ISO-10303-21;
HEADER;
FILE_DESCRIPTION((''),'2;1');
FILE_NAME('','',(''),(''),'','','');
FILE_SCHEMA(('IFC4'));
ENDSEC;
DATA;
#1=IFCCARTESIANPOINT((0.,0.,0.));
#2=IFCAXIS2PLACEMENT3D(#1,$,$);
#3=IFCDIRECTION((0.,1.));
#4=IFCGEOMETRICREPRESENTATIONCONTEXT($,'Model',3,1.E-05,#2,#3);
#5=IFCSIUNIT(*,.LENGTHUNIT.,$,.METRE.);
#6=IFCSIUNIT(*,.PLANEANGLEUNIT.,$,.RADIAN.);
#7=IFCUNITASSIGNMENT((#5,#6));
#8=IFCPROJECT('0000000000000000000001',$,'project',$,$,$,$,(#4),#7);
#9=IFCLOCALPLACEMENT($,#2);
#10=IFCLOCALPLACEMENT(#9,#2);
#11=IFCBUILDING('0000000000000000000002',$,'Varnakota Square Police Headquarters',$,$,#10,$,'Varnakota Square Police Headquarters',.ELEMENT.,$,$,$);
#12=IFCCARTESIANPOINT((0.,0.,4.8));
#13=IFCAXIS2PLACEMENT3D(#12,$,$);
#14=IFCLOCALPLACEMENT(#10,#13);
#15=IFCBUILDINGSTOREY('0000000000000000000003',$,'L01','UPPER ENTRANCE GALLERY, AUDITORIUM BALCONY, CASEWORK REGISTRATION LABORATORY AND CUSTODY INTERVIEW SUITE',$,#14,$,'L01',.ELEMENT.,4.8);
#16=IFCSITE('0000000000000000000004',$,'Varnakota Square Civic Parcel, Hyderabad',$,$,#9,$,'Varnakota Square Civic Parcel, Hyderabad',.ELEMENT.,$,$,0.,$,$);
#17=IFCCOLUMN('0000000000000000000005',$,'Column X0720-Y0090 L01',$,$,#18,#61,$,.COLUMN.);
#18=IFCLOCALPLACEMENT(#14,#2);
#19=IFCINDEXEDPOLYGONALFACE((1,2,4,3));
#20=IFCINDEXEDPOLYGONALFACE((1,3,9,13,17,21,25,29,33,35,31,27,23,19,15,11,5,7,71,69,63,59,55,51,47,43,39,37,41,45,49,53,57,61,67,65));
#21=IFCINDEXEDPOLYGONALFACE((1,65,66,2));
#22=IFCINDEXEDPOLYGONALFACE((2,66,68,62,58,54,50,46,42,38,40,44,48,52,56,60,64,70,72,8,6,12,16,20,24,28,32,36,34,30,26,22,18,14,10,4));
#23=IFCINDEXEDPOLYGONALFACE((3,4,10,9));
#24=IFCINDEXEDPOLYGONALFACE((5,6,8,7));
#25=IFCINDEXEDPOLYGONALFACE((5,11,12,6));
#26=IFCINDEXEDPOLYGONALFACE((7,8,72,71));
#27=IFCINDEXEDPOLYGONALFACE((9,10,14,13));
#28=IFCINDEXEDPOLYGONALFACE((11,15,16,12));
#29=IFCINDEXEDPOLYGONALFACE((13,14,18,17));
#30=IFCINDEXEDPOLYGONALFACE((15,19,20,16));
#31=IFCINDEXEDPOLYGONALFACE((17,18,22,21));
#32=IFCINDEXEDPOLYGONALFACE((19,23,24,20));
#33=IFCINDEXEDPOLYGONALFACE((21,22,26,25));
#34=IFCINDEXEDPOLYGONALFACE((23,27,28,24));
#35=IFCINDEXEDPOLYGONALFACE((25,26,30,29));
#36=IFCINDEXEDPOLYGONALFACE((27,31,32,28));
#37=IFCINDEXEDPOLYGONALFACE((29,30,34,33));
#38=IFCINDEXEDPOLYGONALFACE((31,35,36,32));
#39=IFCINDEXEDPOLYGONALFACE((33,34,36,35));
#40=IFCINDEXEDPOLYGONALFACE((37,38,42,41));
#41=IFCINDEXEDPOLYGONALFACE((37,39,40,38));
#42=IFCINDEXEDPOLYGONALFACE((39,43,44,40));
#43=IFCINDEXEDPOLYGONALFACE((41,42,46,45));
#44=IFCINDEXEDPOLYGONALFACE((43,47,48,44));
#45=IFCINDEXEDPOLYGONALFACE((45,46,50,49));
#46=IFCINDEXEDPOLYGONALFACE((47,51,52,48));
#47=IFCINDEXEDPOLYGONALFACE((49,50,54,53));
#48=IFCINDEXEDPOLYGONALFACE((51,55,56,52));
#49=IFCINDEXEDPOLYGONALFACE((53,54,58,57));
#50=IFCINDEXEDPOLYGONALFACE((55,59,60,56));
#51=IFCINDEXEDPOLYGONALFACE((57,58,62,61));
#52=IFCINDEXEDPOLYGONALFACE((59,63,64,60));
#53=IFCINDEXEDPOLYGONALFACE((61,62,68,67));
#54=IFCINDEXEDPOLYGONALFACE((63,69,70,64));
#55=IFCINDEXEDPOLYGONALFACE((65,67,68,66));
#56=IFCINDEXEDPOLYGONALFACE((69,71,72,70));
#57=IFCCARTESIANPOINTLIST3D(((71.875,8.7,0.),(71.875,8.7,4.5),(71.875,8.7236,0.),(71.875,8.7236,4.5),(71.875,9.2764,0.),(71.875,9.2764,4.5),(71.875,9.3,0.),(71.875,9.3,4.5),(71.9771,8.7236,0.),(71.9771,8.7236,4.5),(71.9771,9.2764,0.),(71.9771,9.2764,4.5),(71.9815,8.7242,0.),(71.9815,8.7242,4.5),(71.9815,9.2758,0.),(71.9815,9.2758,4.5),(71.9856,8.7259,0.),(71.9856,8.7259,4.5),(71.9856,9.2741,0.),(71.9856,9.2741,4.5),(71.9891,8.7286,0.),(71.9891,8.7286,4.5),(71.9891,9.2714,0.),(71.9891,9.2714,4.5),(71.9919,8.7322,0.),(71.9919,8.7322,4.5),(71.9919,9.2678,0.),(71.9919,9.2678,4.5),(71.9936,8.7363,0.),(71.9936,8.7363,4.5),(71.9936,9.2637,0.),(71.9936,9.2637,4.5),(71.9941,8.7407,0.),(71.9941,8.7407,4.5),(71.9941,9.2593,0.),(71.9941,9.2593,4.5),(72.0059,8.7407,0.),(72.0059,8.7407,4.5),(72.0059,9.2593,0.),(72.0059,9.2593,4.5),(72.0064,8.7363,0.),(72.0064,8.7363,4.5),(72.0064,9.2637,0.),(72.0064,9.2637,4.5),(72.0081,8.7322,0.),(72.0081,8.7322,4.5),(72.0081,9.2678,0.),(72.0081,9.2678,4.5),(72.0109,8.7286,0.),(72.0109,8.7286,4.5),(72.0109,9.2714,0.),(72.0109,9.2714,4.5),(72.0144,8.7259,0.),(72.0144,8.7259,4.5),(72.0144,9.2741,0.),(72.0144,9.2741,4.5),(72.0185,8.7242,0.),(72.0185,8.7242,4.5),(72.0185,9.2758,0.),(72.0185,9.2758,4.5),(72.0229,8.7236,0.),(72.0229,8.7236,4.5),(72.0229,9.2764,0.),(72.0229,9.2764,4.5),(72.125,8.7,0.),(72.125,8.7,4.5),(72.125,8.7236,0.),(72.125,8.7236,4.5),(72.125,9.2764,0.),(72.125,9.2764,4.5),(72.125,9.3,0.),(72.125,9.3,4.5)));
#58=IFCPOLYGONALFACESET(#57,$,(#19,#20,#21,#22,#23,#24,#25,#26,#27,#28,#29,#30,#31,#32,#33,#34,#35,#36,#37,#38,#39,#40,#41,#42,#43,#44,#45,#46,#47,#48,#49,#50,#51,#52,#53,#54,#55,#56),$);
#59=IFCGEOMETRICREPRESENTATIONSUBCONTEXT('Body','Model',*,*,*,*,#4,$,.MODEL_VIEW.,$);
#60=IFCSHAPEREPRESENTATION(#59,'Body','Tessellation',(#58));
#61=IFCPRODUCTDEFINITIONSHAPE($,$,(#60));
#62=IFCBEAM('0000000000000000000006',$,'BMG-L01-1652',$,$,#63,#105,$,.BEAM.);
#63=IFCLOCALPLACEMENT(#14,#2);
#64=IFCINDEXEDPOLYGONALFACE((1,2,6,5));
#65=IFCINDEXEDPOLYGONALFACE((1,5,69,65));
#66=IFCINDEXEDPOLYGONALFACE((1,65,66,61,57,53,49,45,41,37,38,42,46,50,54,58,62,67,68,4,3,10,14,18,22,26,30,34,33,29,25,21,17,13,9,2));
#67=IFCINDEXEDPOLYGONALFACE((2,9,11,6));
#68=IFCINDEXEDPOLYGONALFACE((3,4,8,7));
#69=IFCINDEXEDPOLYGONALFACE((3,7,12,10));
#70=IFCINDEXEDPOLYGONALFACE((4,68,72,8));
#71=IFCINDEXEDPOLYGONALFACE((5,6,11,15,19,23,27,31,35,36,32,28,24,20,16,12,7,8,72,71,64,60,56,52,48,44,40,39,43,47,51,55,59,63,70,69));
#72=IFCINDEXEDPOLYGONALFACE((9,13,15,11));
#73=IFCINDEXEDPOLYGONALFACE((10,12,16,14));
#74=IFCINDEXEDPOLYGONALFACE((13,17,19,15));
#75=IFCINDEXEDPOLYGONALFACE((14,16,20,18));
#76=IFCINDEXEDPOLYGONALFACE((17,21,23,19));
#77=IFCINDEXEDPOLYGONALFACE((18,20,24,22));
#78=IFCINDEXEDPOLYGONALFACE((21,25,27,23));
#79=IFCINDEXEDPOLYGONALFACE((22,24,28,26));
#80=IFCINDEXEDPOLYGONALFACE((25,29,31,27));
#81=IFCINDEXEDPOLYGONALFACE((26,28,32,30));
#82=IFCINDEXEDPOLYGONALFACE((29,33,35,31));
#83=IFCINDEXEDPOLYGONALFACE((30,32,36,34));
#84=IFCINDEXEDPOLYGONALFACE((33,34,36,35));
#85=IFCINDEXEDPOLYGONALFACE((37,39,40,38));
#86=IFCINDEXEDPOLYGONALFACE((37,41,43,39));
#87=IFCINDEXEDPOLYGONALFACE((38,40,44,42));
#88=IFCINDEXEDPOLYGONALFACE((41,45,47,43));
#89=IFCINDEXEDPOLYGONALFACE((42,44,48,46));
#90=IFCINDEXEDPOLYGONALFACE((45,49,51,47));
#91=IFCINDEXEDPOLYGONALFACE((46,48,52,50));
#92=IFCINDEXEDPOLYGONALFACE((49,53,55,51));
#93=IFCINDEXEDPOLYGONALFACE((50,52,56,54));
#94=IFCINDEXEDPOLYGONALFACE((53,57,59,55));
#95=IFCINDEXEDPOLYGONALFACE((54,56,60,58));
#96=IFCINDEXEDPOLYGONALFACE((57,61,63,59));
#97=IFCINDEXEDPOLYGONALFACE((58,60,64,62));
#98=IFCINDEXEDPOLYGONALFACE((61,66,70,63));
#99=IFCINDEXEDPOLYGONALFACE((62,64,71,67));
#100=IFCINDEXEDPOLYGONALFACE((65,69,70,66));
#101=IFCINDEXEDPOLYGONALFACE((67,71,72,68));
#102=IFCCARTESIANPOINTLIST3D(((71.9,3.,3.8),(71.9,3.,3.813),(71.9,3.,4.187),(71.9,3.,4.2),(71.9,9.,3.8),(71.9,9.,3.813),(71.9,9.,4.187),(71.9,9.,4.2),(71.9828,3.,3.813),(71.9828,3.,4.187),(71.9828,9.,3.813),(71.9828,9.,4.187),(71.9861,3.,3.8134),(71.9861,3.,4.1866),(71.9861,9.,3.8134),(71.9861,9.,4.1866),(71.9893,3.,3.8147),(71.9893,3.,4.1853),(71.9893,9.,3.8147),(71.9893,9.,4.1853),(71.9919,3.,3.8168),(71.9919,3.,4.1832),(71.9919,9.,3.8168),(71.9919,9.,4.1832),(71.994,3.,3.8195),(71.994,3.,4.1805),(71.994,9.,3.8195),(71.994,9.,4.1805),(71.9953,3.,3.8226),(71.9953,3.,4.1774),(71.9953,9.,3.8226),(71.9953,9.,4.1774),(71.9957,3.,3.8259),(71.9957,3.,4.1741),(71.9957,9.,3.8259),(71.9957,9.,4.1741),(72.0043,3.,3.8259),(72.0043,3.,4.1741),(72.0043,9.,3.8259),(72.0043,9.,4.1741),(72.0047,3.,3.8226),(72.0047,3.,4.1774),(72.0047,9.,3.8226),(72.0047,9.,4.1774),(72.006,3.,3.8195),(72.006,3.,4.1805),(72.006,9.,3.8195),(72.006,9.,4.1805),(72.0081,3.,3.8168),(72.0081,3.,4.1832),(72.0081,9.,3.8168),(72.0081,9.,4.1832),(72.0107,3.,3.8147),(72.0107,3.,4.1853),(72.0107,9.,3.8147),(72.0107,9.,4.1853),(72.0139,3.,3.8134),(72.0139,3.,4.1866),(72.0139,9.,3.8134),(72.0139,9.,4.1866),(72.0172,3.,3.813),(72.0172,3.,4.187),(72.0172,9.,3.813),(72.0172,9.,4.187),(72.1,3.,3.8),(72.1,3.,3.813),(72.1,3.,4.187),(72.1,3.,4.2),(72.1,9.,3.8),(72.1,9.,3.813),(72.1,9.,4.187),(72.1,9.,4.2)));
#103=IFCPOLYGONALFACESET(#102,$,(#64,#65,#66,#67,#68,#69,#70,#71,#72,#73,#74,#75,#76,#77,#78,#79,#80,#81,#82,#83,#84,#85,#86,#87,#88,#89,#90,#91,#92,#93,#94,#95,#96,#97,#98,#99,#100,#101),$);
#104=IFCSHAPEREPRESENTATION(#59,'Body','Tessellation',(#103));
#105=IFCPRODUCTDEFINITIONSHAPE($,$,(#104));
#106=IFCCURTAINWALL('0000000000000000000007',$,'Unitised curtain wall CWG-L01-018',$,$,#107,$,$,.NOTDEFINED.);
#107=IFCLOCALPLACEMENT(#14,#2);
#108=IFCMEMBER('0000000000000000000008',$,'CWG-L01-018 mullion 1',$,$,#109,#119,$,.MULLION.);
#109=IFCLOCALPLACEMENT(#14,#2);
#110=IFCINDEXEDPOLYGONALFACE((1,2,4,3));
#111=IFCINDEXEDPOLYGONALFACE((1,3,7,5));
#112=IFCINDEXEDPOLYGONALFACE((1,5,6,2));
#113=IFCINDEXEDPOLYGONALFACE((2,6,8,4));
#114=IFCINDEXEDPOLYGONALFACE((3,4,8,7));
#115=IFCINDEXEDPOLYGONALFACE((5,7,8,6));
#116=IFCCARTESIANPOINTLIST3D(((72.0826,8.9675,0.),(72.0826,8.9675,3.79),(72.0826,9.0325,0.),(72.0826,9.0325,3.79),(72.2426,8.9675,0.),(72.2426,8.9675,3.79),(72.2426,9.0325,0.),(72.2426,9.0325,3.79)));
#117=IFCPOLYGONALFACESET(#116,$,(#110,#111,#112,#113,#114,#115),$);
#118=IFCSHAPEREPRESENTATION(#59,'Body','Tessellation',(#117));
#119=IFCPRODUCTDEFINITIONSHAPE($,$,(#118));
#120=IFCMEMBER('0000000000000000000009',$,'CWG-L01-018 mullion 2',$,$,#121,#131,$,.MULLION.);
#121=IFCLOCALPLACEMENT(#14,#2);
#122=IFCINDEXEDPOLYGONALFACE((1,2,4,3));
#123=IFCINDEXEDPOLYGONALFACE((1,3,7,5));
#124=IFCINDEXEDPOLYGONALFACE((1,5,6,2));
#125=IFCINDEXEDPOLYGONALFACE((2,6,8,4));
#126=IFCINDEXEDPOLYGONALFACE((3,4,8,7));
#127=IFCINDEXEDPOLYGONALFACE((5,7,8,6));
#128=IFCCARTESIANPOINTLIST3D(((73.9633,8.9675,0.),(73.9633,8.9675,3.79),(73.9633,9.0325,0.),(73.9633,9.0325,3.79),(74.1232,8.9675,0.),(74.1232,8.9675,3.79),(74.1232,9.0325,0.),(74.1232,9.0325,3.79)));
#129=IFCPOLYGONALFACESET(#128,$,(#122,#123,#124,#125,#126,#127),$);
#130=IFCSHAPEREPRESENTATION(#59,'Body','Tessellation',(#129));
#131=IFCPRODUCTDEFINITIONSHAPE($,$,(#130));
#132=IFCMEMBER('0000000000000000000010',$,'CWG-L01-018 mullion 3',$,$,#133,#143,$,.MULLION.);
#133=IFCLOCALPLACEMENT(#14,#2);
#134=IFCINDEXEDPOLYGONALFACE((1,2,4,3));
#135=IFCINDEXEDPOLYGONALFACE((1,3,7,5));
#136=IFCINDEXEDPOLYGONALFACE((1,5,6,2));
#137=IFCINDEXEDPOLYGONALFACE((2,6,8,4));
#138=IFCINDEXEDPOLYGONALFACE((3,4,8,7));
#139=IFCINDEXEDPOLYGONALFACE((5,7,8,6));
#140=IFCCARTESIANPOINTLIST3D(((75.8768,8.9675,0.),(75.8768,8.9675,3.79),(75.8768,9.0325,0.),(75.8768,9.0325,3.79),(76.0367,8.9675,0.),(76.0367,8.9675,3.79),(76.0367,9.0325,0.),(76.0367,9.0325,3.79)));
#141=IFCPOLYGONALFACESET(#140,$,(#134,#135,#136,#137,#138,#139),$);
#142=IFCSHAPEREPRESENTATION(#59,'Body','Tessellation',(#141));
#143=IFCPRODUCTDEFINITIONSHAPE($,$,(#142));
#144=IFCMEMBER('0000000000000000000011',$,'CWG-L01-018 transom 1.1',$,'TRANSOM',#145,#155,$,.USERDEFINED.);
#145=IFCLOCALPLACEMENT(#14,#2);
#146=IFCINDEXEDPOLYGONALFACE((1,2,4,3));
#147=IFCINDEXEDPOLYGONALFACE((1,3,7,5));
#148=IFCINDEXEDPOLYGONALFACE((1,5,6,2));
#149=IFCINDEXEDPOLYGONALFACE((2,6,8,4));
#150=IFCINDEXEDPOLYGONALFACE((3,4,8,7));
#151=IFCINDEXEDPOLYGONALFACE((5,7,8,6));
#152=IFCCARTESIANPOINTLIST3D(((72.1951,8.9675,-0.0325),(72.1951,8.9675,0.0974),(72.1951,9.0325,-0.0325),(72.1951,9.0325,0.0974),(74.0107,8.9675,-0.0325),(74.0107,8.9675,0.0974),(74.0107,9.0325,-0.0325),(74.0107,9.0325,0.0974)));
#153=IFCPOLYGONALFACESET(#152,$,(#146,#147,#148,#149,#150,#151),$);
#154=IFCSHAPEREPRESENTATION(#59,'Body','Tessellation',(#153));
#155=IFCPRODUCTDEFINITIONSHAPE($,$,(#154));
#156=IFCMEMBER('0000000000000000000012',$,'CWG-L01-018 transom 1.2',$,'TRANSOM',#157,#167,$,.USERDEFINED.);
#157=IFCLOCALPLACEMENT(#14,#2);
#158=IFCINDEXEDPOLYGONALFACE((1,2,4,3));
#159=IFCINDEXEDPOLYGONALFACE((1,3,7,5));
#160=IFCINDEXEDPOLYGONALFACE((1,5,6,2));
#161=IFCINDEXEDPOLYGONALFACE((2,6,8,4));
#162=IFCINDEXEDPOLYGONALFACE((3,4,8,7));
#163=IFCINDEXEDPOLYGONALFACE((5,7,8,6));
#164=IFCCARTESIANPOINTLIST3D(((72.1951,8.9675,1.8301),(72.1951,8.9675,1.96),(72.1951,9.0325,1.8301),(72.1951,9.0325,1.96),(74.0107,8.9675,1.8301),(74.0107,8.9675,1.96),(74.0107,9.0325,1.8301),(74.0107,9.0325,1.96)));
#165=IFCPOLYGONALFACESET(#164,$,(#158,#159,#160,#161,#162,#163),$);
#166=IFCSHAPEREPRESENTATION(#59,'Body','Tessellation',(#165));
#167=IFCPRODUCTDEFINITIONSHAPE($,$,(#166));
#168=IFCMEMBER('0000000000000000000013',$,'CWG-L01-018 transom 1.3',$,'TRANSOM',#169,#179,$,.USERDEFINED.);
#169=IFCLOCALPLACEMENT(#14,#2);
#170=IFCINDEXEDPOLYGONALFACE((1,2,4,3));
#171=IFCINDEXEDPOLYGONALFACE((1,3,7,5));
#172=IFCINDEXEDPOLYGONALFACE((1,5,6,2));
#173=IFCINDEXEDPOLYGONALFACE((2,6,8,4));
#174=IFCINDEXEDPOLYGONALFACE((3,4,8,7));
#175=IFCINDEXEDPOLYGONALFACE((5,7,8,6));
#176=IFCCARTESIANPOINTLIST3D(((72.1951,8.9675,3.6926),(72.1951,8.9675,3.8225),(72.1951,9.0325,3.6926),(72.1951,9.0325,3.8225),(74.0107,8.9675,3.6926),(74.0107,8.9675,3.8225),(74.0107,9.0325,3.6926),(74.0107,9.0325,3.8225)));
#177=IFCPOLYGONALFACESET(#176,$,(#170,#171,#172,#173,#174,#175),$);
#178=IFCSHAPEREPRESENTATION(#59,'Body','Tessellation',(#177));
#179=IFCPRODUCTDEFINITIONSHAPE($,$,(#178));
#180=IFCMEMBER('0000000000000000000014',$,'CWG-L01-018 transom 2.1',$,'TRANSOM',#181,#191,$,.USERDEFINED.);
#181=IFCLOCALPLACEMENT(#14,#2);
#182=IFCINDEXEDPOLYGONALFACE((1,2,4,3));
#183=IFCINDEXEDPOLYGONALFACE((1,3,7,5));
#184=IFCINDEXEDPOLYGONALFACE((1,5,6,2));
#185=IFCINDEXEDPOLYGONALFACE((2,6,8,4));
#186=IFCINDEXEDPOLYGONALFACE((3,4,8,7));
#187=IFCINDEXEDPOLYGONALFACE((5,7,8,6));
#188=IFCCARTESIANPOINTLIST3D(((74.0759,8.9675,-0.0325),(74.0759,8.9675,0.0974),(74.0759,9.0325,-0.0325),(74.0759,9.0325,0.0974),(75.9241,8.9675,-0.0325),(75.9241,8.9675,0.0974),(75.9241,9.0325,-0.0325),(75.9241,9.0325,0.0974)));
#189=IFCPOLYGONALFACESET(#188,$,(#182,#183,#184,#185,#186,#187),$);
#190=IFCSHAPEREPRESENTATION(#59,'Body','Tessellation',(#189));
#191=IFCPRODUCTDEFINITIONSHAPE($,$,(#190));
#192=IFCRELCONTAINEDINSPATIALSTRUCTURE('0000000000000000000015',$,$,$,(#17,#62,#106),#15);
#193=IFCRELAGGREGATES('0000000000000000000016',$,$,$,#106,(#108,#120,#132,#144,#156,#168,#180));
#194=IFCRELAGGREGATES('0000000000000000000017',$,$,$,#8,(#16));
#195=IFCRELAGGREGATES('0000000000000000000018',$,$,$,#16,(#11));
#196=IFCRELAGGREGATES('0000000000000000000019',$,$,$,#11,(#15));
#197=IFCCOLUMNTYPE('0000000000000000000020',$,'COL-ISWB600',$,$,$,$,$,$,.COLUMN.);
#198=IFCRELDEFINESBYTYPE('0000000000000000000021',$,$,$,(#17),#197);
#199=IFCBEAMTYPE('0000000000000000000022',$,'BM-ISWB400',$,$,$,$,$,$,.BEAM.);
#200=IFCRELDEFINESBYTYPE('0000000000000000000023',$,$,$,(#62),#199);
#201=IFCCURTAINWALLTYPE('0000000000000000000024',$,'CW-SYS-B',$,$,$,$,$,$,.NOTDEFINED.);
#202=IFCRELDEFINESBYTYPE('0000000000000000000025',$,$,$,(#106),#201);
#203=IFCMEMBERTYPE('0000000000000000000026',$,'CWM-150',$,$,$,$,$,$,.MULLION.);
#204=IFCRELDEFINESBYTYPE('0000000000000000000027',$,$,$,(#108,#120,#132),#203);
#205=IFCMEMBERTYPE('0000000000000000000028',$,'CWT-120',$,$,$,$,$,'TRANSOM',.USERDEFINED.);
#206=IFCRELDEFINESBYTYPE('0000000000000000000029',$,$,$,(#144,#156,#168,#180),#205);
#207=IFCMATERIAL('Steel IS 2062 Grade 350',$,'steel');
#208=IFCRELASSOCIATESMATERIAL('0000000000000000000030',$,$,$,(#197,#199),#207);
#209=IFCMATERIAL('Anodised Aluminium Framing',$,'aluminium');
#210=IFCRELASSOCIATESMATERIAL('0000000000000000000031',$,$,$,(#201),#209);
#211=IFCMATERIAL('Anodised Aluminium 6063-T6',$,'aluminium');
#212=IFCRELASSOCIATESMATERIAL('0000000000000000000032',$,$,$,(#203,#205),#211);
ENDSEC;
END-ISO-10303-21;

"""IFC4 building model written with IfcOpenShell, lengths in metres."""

from ifc_helpers import new_model, si_unit, direction, frame, origin, origin_2d, place, context, subcontext, project, spatial, rectangle, i_section, extrude, material, material_profile, profile_set, type_object, element, aggregate, save


model = new_model("IFC4")

# Units and contexts
model_context = context("Model", 3, precision=1e-05, world=origin(), true_north=direction((0.0, 1.0)))
body_context = subcontext(model_context, "Body", "Model", "MODEL_VIEW")
ifc_project = project(units=[si_unit("LENGTHUNIT", "METRE"), si_unit("PLANEANGLEUNIT", "RADIAN")], contexts=[model_context])

# Site, building, storey
site_placement = place(None, origin())
site = spatial("IfcSite", under=ifc_project, at=site_placement, Name="Varnakota Square Civic Parcel, Hyderabad", LongName="Varnakota Square Civic Parcel, Hyderabad", CompositionType="ELEMENT", RefElevation=0.0)
building_placement = place(site_placement, origin())
building = spatial("IfcBuilding", under=site, at=building_placement, Name="Varnakota Square Police Headquarters", LongName="Varnakota Square Police Headquarters", CompositionType="ELEMENT")
storey_placement = place(building_placement, frame((0.0, 0.0, 4.8)))
storey = spatial("IfcBuildingStorey", under=building, at=storey_placement, Name="L01", Description="UPPER ENTRANCE GALLERY, AUDITORIUM BALCONY, CASEWORK REGISTRATION LABORATORY AND CUSTODY INTERVIEW SUITE", LongName="L01", CompositionType="ELEMENT", Elevation=4.8)

# Column
ifc_material_1 = material(Name="Steel IS 2062 Grade 350", Category="steel")
ifc_material_profile_1 = material_profile(ifc_material_1, i_section(OverallWidth=0.25, OverallDepth=0.6001, WebThickness=0.0117, FlangeThickness=0.0237, FilletRadius=0.0171, at=origin_2d()), Name="ISWB 600")
ifc_profile_set_1 = profile_set([ifc_material_profile_1], Name="Steel IS 2062 Grade 350")
column_type = type_object("IfcColumnType", Name="COL-ISWB600", PredefinedType="COLUMN", material=ifc_profile_set_1)
column_placement = place(storey_placement, frame((72.0, 9.0, 0.0), z_axis=(0.0, 0.0, 1.0), x_axis=(1.0, 0.0, 0.0)))
element("IfcColumn", 1, at=column_placement, inside=storey, type_object=column_type, Name="Column X0720-Y0090 L01", PredefinedType="COLUMN", context=body_context, shape_type="SweptSolid", body=[
    extrude(i_section(OverallWidth=0.25, OverallDepth=0.6001, WebThickness=0.0117, FlangeThickness=0.0237, FilletRadius=0.0171, at=origin_2d()), origin(), (0.0, 0.0, 1.0), 4.5),
])

# Beam
ifc_material_profile_2 = material_profile(ifc_material_1, i_section(OverallWidth=0.2, OverallDepth=0.3999, WebThickness=0.0085, FlangeThickness=0.0129, FilletRadius=0.0129, at=origin_2d()), Name="ISWB 400")
ifc_profile_set_2 = profile_set([ifc_material_profile_2], Name="Steel IS 2062 Grade 350")
beam_type = type_object("IfcBeamType", Name="BM-ISWB400", PredefinedType="BEAM", material=ifc_profile_set_2)
beam_placement = place(storey_placement, frame((72.0, 3.0, 4.0), z_axis=(0.0, 1.0, 0.0), x_axis=(-1.0, 0.0, 0.0)))
element("IfcBeam", 2, at=beam_placement, inside=storey, type_object=beam_type, Name="BMG-L01-1652", PredefinedType="BEAM", context=body_context, shape_type="SweptSolid", body=[
    extrude(i_section(OverallWidth=0.2, OverallDepth=0.3999, WebThickness=0.0085, FlangeThickness=0.0129, FilletRadius=0.0129, at=origin_2d()), origin(), (0.0, 0.0, 1.0), 6.0),
])

# Curtain wall, members
ifc_material_2 = material(Name="Anodised Aluminium Framing", Category="aluminium")
curtain_wall_type = type_object("IfcCurtainWallType", Name="CW-SYS-B", PredefinedType="NOTDEFINED", material=ifc_material_2)
curtain_wall_placement = place(storey_placement, origin())
curtain_wall = element("IfcCurtainWall", 3, at=curtain_wall_placement, inside=storey, type_object=curtain_wall_type, Name="Unitised curtain wall CWG-L01-018", PredefinedType="NOTDEFINED")
ifc_material_3 = material(Name="Anodised Aluminium 6063-T6", Category="aluminium")
ifc_material_profile_3 = material_profile(ifc_material_3, rectangle(XDim=0.0649, YDim=0.1599, at=origin_2d()), Name="ALU MULLION 65x160")
ifc_profile_set_3 = profile_set([ifc_material_profile_3], Name="Anodised Aluminium 6063-T6")
member_type_1 = type_object("IfcMemberType", Name="CWM-150", PredefinedType="MULLION", material=ifc_profile_set_3)
member_1_placement = place(storey_placement, frame((72.1626, 9.0, 0.0), z_axis=(0.0, 0.0, 1.0), x_axis=(0.0, 1.0, 0.0)))
member_1 = element("IfcMember", 4, at=member_1_placement, type_object=member_type_1, Name="CWG-L01-018 mullion 1", PredefinedType="MULLION", context=body_context, shape_type="SweptSolid", body=[
    extrude(rectangle(XDim=0.0649, YDim=0.1599, at=origin_2d()), origin(), (0.0, 0.0, 1.0), 3.79),
])
member_2_placement = place(storey_placement, frame((74.0432, 9.0, 0.0), z_axis=(0.0, 0.0, 1.0), x_axis=(0.0, 1.0, 0.0)))
member_2 = element("IfcMember", 5, at=member_2_placement, type_object=member_type_1, Name="CWG-L01-018 mullion 2", PredefinedType="MULLION", context=body_context, shape_type="SweptSolid", body=[
    extrude(rectangle(XDim=0.0649, YDim=0.1599, at=origin_2d()), origin(), (0.0, 0.0, 1.0), 3.79),
])
member_3_placement = place(storey_placement, frame((75.9568, 9.0, 0.0), z_axis=(0.0, 0.0, 1.0), x_axis=(0.0, 1.0, 0.0)))
member_3 = element("IfcMember", 6, at=member_3_placement, type_object=member_type_1, Name="CWG-L01-018 mullion 3", PredefinedType="MULLION", context=body_context, shape_type="SweptSolid", body=[
    extrude(rectangle(XDim=0.0649, YDim=0.1599, at=origin_2d()), origin(), (0.0, 0.0, 1.0), 3.79),
])
ifc_material_profile_4 = material_profile(ifc_material_3, rectangle(XDim=0.0649, YDim=0.1299, at=origin_2d()), Name="ALU TRANSOM 65x130")
ifc_profile_set_4 = profile_set([ifc_material_profile_4], Name="Anodised Aluminium 6063-T6")
member_type_2 = type_object("IfcMemberType", Name="CWT-120", ElementType="TRANSOM", PredefinedType="USERDEFINED", material=ifc_profile_set_4)
member_4_placement = place(storey_placement, frame((72.1951, 9.0, 0.0325), z_axis=(1.0, 0.0, 0.0), x_axis=(0.0, 1.0, 0.0)))
member_4 = element("IfcMember", 7, at=member_4_placement, type_object=member_type_2, Name="CWG-L01-018 transom 1.1", ObjectType="TRANSOM", PredefinedType="USERDEFINED", context=body_context, shape_type="SweptSolid", body=[
    extrude(rectangle(XDim=0.0649, YDim=0.1299, at=origin_2d()), origin(), (0.0, 0.0, 1.0), 1.8157),
])
member_5_placement = place(storey_placement, frame((72.1951, 9.0, 1.895), z_axis=(1.0, 0.0, 0.0), x_axis=(0.0, 1.0, 0.0)))
member_5 = element("IfcMember", 8, at=member_5_placement, type_object=member_type_2, Name="CWG-L01-018 transom 1.2", ObjectType="TRANSOM", PredefinedType="USERDEFINED", context=body_context, shape_type="SweptSolid", body=[
    extrude(rectangle(XDim=0.0649, YDim=0.1299, at=origin_2d()), origin(), (0.0, 0.0, 1.0), 1.8157),
])
member_6_placement = place(storey_placement, frame((72.1951, 9.0, 3.7576), z_axis=(1.0, 0.0, 0.0), x_axis=(0.0, 1.0, 0.0)))
member_6 = element("IfcMember", 9, at=member_6_placement, type_object=member_type_2, Name="CWG-L01-018 transom 1.3", ObjectType="TRANSOM", PredefinedType="USERDEFINED", context=body_context, shape_type="SweptSolid", body=[
    extrude(rectangle(XDim=0.0649, YDim=0.1299, at=origin_2d()), origin(), (0.0, 0.0, 1.0), 1.8157),
])
member_7_placement = place(storey_placement, frame((74.0759, 9.0, 0.0325), z_axis=(1.0, 0.0, 0.0), x_axis=(0.0, 1.0, 0.0)))
member_7 = element("IfcMember", 10, at=member_7_placement, type_object=member_type_2, Name="CWG-L01-018 transom 2.1", ObjectType="TRANSOM", PredefinedType="USERDEFINED", context=body_context, shape_type="SweptSolid", body=[
    extrude(rectangle(XDim=0.0649, YDim=0.1299, at=origin_2d()), origin(), (0.0, 0.0, 1.0), 1.8481),
])
aggregate(curtain_wall, [member_1, member_2, member_3, member_4, member_5, member_6, member_7])

save(model, "model.ifc")
